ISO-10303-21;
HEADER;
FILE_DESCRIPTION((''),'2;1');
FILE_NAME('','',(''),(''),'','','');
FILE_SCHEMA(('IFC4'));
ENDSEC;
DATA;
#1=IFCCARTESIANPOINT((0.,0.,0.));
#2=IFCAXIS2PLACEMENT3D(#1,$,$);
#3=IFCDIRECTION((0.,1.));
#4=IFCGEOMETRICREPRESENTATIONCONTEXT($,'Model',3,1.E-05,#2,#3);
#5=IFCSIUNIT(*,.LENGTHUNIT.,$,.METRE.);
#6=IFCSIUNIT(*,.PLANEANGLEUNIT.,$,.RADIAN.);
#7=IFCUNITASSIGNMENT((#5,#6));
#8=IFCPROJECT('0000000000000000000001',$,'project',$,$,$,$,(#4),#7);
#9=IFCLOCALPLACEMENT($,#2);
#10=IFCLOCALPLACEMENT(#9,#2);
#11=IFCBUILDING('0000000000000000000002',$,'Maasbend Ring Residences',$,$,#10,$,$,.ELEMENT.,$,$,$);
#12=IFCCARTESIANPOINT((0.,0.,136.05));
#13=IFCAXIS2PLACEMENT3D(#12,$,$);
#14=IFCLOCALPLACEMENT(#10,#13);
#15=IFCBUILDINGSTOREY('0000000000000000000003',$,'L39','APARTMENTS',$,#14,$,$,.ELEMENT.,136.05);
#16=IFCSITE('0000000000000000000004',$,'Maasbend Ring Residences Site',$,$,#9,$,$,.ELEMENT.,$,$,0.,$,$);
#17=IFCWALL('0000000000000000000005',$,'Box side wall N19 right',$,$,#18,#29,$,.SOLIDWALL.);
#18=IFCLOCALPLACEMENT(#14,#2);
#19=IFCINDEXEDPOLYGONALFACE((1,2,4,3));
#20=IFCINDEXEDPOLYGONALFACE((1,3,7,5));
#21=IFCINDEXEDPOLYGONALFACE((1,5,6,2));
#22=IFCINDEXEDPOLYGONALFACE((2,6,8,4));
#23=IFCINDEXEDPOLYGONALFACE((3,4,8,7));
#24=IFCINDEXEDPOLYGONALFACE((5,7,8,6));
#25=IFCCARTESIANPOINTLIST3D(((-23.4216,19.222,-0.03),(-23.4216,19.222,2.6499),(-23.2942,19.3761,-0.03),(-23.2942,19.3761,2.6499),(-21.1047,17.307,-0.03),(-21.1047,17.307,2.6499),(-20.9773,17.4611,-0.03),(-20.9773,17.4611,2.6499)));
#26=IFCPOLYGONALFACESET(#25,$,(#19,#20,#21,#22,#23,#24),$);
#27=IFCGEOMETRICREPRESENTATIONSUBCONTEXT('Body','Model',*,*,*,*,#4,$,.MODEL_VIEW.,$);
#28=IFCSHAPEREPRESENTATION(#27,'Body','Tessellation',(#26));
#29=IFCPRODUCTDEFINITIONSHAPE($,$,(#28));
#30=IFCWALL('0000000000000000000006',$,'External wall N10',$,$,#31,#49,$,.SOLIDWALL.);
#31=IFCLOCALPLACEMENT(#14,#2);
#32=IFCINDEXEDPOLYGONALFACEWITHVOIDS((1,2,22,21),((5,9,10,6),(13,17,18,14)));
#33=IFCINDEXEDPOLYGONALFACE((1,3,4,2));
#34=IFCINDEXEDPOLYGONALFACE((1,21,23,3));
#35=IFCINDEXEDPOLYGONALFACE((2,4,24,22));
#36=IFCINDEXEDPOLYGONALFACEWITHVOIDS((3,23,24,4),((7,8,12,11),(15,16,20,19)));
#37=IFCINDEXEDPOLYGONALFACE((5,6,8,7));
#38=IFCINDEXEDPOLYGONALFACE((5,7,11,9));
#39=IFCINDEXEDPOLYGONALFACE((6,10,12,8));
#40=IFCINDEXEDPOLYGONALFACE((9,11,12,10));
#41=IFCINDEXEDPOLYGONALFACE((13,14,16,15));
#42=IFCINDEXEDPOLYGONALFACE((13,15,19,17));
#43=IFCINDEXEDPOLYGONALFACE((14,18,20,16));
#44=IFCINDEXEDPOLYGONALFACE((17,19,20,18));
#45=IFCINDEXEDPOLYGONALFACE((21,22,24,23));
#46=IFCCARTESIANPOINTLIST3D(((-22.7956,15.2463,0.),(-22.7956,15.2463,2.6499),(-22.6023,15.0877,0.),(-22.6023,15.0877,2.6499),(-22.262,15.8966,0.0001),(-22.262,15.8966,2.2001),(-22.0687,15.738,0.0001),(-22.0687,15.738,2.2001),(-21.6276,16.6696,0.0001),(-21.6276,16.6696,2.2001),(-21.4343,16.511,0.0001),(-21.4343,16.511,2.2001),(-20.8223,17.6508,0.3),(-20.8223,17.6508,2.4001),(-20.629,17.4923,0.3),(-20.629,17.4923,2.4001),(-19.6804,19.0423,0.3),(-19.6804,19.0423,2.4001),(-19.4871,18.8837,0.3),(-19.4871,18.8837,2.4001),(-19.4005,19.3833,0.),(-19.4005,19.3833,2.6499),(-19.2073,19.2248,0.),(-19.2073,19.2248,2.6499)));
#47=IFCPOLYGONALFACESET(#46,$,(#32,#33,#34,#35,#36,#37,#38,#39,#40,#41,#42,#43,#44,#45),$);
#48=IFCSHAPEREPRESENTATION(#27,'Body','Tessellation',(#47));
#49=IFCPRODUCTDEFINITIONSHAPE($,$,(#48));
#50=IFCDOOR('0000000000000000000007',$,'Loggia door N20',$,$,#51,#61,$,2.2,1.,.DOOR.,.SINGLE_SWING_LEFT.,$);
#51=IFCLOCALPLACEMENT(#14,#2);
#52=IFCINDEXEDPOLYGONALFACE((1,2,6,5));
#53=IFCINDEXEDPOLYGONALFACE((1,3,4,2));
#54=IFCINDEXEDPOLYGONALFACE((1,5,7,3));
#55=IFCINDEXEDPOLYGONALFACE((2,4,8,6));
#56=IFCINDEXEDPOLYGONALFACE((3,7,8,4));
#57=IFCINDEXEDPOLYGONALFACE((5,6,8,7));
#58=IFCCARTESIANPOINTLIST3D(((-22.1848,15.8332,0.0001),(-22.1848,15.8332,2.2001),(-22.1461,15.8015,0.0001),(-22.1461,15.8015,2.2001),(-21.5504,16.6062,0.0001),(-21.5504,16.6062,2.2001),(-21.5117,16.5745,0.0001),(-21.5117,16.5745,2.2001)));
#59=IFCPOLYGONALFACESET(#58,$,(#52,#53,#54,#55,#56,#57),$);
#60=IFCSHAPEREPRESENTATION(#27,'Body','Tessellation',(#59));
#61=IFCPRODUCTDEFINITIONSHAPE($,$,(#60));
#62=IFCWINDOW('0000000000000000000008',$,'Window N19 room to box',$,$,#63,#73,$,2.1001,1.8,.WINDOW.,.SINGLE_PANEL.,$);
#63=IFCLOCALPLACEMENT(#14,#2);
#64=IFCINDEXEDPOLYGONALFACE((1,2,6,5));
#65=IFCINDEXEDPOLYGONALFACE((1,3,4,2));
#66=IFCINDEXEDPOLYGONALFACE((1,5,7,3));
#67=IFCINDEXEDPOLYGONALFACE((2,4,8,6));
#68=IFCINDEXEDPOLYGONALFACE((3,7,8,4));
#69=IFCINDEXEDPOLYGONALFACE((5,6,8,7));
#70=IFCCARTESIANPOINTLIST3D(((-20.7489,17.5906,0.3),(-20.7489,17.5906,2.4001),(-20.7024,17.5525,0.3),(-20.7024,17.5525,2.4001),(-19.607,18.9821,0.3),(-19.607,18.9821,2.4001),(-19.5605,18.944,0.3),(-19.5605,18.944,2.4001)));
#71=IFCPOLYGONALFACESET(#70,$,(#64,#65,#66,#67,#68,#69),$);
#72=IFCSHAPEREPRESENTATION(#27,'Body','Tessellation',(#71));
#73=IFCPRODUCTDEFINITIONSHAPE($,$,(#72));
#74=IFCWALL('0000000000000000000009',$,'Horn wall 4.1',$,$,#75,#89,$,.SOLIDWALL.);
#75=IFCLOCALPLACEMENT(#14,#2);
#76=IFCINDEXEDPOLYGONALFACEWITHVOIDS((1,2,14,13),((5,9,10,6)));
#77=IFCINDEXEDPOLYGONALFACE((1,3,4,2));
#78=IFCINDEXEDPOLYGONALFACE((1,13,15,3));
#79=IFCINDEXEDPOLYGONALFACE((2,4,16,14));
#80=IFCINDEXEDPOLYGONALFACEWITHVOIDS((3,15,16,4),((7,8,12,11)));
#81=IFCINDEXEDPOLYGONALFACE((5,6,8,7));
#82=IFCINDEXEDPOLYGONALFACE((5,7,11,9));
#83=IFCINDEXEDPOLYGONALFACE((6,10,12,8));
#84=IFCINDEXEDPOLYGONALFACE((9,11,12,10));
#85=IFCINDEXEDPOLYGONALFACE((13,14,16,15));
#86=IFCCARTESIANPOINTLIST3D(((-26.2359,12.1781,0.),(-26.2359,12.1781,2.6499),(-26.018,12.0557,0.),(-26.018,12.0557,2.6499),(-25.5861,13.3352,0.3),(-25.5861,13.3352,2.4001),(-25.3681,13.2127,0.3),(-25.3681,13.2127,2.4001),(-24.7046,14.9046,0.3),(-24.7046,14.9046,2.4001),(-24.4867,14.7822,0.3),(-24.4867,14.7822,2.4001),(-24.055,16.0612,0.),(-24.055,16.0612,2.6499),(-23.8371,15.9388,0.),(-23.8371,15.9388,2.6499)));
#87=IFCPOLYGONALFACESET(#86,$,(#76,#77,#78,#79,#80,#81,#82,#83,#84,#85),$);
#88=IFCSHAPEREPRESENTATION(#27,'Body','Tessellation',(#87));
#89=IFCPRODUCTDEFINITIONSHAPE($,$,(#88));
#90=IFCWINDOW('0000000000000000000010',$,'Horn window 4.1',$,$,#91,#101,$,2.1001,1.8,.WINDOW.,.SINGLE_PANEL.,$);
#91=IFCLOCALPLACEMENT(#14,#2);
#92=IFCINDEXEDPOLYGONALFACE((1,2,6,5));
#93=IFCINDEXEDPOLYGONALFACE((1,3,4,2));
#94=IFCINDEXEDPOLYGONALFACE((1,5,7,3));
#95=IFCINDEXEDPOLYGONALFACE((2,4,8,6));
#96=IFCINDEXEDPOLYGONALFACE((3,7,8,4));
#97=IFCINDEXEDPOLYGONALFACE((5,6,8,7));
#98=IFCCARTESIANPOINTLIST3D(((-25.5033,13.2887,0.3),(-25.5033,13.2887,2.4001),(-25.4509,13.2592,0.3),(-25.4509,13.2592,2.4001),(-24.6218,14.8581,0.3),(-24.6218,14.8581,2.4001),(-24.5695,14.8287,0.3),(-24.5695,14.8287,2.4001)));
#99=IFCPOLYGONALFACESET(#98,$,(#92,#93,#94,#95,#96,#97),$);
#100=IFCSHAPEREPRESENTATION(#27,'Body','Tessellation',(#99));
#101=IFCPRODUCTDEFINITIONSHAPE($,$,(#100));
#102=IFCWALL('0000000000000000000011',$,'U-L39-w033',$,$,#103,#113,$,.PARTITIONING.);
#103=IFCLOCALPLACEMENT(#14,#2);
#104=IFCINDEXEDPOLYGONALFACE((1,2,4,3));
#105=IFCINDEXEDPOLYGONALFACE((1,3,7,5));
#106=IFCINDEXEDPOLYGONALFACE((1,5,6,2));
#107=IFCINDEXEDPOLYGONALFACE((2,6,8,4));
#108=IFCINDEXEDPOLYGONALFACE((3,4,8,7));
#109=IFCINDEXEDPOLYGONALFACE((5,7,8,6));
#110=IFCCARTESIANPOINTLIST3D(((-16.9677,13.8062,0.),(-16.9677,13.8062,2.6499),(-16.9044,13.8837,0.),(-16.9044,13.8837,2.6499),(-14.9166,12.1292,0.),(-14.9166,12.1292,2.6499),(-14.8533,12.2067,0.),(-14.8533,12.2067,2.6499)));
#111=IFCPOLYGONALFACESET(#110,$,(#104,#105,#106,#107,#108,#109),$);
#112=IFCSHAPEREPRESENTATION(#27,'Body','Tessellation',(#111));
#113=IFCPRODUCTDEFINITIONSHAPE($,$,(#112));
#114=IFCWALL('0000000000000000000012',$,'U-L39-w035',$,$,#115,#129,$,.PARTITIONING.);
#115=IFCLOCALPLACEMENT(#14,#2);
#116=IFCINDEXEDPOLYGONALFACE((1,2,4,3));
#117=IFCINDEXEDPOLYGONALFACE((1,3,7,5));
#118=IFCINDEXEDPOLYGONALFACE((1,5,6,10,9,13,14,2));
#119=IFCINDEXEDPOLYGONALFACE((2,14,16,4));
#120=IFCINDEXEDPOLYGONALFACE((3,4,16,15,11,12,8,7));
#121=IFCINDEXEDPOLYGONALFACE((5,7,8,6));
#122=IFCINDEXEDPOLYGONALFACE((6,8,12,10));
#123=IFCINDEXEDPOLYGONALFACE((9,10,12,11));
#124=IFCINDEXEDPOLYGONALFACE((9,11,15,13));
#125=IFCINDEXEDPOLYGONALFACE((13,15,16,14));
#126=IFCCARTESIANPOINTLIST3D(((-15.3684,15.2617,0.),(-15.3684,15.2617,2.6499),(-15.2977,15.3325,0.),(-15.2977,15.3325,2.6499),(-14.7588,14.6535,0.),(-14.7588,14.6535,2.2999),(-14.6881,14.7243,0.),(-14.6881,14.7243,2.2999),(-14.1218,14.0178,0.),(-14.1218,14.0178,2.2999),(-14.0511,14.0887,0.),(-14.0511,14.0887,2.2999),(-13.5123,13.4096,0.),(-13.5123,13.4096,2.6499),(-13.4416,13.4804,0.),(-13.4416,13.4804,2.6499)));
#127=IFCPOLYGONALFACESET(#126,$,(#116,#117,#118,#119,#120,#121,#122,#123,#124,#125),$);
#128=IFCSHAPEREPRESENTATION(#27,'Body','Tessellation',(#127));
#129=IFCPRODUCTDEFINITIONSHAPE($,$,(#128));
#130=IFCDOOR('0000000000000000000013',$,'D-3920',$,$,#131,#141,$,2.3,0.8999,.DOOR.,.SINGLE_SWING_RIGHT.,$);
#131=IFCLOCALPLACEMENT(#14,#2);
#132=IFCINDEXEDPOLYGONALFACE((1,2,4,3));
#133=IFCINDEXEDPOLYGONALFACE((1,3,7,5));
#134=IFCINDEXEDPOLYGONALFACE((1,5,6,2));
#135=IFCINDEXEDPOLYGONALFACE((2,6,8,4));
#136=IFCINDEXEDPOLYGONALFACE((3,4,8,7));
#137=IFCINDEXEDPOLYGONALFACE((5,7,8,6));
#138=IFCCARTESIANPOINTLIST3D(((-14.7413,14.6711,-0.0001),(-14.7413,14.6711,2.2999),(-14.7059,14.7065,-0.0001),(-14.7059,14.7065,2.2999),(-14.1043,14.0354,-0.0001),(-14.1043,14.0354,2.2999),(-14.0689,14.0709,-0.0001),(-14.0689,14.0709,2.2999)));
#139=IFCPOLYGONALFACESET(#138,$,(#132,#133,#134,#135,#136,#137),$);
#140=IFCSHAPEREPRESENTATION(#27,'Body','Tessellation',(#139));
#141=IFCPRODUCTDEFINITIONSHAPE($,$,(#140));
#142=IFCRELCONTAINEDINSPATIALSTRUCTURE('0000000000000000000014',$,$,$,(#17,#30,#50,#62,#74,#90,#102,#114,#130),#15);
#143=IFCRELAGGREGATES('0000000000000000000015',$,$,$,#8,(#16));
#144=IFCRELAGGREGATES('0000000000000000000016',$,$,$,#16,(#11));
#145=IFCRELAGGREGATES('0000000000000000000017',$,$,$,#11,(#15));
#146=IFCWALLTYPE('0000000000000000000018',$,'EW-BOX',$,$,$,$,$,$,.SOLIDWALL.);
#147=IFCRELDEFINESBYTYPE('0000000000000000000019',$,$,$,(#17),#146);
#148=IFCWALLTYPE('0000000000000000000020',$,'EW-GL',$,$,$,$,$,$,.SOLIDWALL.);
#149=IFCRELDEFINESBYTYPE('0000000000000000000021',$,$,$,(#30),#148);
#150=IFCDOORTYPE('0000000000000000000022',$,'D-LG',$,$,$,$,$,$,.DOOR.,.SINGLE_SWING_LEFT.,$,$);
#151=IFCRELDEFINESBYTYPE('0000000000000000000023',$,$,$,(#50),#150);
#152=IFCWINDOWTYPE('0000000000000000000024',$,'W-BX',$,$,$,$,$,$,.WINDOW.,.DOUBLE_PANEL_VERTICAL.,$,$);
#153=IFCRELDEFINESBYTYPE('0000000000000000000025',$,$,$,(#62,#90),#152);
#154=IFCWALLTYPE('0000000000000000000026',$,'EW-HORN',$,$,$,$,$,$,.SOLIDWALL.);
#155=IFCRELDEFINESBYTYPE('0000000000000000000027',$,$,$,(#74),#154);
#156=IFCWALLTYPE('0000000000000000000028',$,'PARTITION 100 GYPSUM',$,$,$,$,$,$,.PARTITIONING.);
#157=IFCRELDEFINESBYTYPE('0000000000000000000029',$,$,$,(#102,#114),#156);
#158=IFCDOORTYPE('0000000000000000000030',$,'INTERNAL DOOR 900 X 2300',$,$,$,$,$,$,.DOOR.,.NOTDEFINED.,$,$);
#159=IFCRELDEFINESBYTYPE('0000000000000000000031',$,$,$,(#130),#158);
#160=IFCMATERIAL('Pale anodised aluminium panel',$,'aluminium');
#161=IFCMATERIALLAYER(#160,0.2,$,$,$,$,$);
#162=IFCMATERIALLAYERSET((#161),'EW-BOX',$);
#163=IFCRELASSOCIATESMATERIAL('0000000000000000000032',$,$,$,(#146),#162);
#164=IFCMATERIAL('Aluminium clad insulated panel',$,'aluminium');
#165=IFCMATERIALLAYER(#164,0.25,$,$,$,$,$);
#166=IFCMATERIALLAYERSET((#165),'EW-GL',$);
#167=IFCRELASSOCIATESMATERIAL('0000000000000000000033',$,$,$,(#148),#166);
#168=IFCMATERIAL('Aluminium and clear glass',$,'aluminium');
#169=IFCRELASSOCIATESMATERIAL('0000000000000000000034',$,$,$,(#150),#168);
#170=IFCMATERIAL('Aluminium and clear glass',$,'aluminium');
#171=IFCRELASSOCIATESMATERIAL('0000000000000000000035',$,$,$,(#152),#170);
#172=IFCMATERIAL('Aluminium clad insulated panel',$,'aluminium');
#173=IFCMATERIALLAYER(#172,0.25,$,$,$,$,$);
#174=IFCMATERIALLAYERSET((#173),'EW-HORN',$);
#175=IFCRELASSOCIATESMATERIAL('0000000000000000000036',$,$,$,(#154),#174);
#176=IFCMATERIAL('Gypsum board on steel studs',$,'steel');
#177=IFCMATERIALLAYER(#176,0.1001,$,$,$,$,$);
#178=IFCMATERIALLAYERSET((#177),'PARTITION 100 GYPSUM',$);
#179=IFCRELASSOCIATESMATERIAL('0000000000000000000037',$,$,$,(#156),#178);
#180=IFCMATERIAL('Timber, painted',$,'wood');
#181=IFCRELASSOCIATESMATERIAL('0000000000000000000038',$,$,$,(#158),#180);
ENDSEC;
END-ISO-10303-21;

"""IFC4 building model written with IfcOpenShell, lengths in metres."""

from ifc_helpers import new_model, si_unit, direction, frame, frame_2d, origin, place, context, subcontext, project, spatial, rectangle, extrude, material, layer, layer_set, type_object, element, fill, save


model = new_model("IFC4")

# Units and contexts
model_context = context("Model", 3, precision=1e-05, world=origin(), true_north=direction((0.0, 1.0)))
body_context = subcontext(model_context, "Body", "Model", "MODEL_VIEW")
ifc_project = project(units=[si_unit("LENGTHUNIT", "METRE"), si_unit("PLANEANGLEUNIT", "RADIAN")], contexts=[model_context])

# Site, building, storey
site_placement = place(None, origin())
site = spatial("IfcSite", under=ifc_project, at=site_placement, Name="Maasbend Ring Residences Site", CompositionType="ELEMENT", RefElevation=0.0)
building_placement = place(site_placement, origin())
building = spatial("IfcBuilding", under=site, at=building_placement, Name="Maasbend Ring Residences", CompositionType="ELEMENT")
storey_placement = place(building_placement, frame((0.0, 0.0, 136.05)))
storey = spatial("IfcBuildingStorey", under=building, at=storey_placement, Name="L39", Description="APARTMENTS", CompositionType="ELEMENT", Elevation=136.05)

# Wall
ifc_material_1 = material(Name="Pale anodised aluminium panel", Category="aluminium")
ifc_layer_1 = layer(ifc_material_1, 0.2)
ifc_layer_set_1 = layer_set([ifc_layer_1], Name="EW-BOX")
wall_type_1 = type_object("IfcWallType", Name="EW-BOX", PredefinedType="SOLIDWALL", material=ifc_layer_set_1)
wall_1_placement = place(storey_placement, frame((-21.041, 17.384, -0.03), z_axis=(0.0, 0.0, 1.0), x_axis=(-0.770785, 0.637096, 0.0)))
element("IfcWall", 1, at=wall_1_placement, inside=storey, type_object=wall_type_1, Name="Box side wall N19 right", PredefinedType="SOLIDWALL", context=body_context, shape_type="SweptSolid", body=[
    extrude(rectangle(XDim=3.0059, YDim=0.2, at=frame_2d((1.5029, 0.0))), origin(), (0.0, 0.0, 1.0), 2.6799),
])

# Wall, openings, door, window
ifc_material_2 = material(Name="Aluminium clad insulated panel", Category="aluminium")
ifc_layer_2 = layer(ifc_material_2, 0.25)
ifc_layer_set_2 = layer_set([ifc_layer_2], Name="EW-GL")
wall_type_2 = type_object("IfcWallType", Name="EW-GL", PredefinedType="SOLIDWALL", material=ifc_layer_set_2)
wall_2_placement = place(storey_placement, frame((-19.304, 19.304, 0.0), z_axis=(0.0, 0.0, 1.0), x_axis=(-0.634382, -0.773019, 0.0)))
wall_2 = element("IfcWall", 2, at=wall_2_placement, inside=storey, type_object=wall_type_2, Name="External wall N10", PredefinedType="SOLIDWALL", context=body_context, shape_type="SweptSolid", body=[
    extrude(rectangle(XDim=5.3518, YDim=0.25, at=frame_2d((2.6758, 0.0))), origin(), (0.0, 0.0, 1.0), 2.6499),
])
opening_1_placement = place(wall_2_placement, frame((0.4412, 0.0, 0.3)))
opening_1 = element("IfcOpeningElement", 3, at=opening_1_placement, cuts=wall_2, PredefinedType="OPENING", context=body_context, shape_type="SweptSolid", body=[
    extrude(rectangle(XDim=1.8, YDim=2.1001, at=frame_2d((0.8999, 1.05))), frame((0.0, 0.135, 0.0), z_axis=(0.0, -1.0, 0.0), x_axis=(1.0, 0.0, 0.0)), (0.0, 0.0, 1.0), 0.27),
])
opening_2_placement = place(wall_2_placement, frame((3.5105, 0.0, 0.0)))
opening_2 = element("IfcOpeningElement", 4, at=opening_2_placement, cuts=wall_2, PredefinedType="OPENING", context=body_context, shape_type="SweptSolid", body=[
    extrude(rectangle(XDim=1.0, YDim=2.2, at=frame_2d((0.5, 1.1001))), frame((0.0, 0.135, 0.0), z_axis=(0.0, -1.0, 0.0), x_axis=(1.0, 0.0, 0.0)), (0.0, 0.0, 1.0), 0.27),
])
ifc_material_3 = material(Name="Aluminium and clear glass", Category="aluminium")
door_type_1 = type_object("IfcDoorType", Name="D-LG", OperationType="SINGLE_SWING_LEFT", PredefinedType="DOOR", material=ifc_material_3)
door_1_placement = place(opening_2_placement, origin())
door_1 = element("IfcDoor", 5, at=door_1_placement, inside=storey, type_object=door_type_1, Name="Loggia door N20", OperationType="SINGLE_SWING_LEFT", OverallHeight=2.2, OverallWidth=1.0, PredefinedType="DOOR", context=body_context, shape_type="SweptSolid", body=[
    extrude(rectangle(XDim=1.0, YDim=2.2, at=frame_2d((0.5, 1.1001))), frame((0.0, 0.0249, 0.0), z_axis=(0.0, -1.0, 0.0), x_axis=(1.0, 0.0, 0.0)), (0.0, 0.0, 1.0), 0.05),
])
fill(opening_2, door_1)
ifc_material_4 = material(Name="Aluminium and clear glass", Category="aluminium")
window_type = type_object("IfcWindowType", Name="W-BX", PartitioningType="DOUBLE_PANEL_VERTICAL", PredefinedType="WINDOW", material=ifc_material_4)
window_1_placement = place(opening_1_placement, origin())
window_1 = element("IfcWindow", 6, at=window_1_placement, inside=storey, type_object=window_type, Name="Window N19 room to box", OverallHeight=2.1001, OverallWidth=1.8, PartitioningType="SINGLE_PANEL", PredefinedType="WINDOW", context=body_context, shape_type="SweptSolid", body=[
    extrude(rectangle(XDim=1.8, YDim=2.1001, at=frame_2d((0.8999, 1.05))), frame((0.0, 0.03, 0.0), z_axis=(0.0, -1.0, 0.0), x_axis=(1.0, 0.0, 0.0)), (0.0, 0.0, 1.0), 0.0601),
])
fill(opening_1, window_1)

# Wall, opening, window
ifc_material_5 = material(Name="Aluminium clad insulated panel", Category="aluminium")
ifc_layer_3 = layer(ifc_material_5, 0.25)
ifc_layer_set_3 = layer_set([ifc_layer_3], Name="EW-HORN")
wall_type_3 = type_object("IfcWallType", Name="EW-HORN", PredefinedType="SOLIDWALL", material=ifc_layer_set_3)
wall_3_placement = place(storey_placement, frame((-23.946, 16.0, 0.0), z_axis=(0.0, 0.0, 1.0), x_axis=(-0.489696, -0.871893, 0.0)))
wall_3 = element("IfcWall", 7, at=wall_3_placement, inside=storey, type_object=wall_type_3, Name="Horn wall 4.1", PredefinedType="SOLIDWALL", context=body_context, shape_type="SweptSolid", body=[
    extrude(rectangle(XDim=4.4536, YDim=0.25, at=frame_2d((2.2268, 0.0))), origin(), (0.0, 0.0, 1.0), 2.6499),
])
opening_3_placement = place(wall_3_placement, frame((1.3267, 0.0, 0.3)))
opening_3 = element("IfcOpeningElement", 8, at=opening_3_placement, cuts=wall_3, PredefinedType="OPENING", context=body_context, shape_type="SweptSolid", body=[
    extrude(rectangle(XDim=1.8, YDim=2.1001, at=frame_2d((0.8999, 1.05))), frame((0.0, 0.135, 0.0), z_axis=(0.0, -1.0, 0.0), x_axis=(1.0, 0.0, 0.0)), (0.0, 0.0, 1.0), 0.27),
])
window_2_placement = place(opening_3_placement, origin())
window_2 = element("IfcWindow", 9, at=window_2_placement, inside=storey, type_object=window_type, Name="Horn window 4.1", OverallHeight=2.1001, OverallWidth=1.8, PartitioningType="SINGLE_PANEL", PredefinedType="WINDOW", context=body_context, shape_type="SweptSolid", body=[
    extrude(rectangle(XDim=1.8, YDim=2.1001, at=frame_2d((0.8999, 1.05))), frame((0.0, 0.03, 0.0), z_axis=(0.0, -1.0, 0.0), x_axis=(1.0, 0.0, 0.0)), (0.0, 0.0, 1.0), 0.0601),
])
fill(opening_3, window_2)

# Wall
ifc_material_6 = material(Name="Gypsum board on steel studs", Category="steel")
ifc_layer_4 = layer(ifc_material_6, 0.1001)
ifc_layer_set_4 = layer_set([ifc_layer_4], Name="PARTITION 100 GYPSUM")
wall_type_4 = type_object("IfcWallType", Name="PARTITION 100 GYPSUM", PredefinedType="PARTITIONING", material=ifc_layer_set_4)
wall_4_placement = place(storey_placement, frame((-16.936, 13.845, 0.0), z_axis=(0.0, 0.0, 1.0), x_axis=(0.774163, -0.632987, 0.0)))
element("IfcWall", 10, at=wall_4_placement, inside=storey, type_object=wall_type_4, Name="U-L39-w033", PredefinedType="PARTITIONING", context=body_context, shape_type="SweptSolid", body=[
    extrude(rectangle(XDim=2.6494, YDim=0.1001, at=frame_2d((1.3247, 0.0))), origin(), (0.0, 0.0, 1.0), 2.6499),
])

# Wall, opening, door
wall_5_placement = place(storey_placement, frame((-15.333, 15.2971, 0.0), z_axis=(0.0, 0.0, 1.0), x_axis=(0.707851, -0.706361, 0.0)))
wall_5 = element("IfcWall", 11, at=wall_5_placement, inside=storey, type_object=wall_type_4, Name="U-L39-w035", PredefinedType="PARTITIONING", context=body_context, shape_type="SweptSolid", body=[
    extrude(rectangle(XDim=2.6221, YDim=0.1001, at=frame_2d((1.311, 0.0))), origin(), (0.0, 0.0, 1.0), 2.6499),
])
opening_4_placement = place(wall_5_placement, frame((0.8611, 0.0, 0.0)))
opening_4 = element("IfcOpeningElement", 12, at=opening_4_placement, cuts=wall_5, PredefinedType="OPENING", context=body_context, shape_type="SweptSolid", body=[
    extrude(rectangle(XDim=0.8999, YDim=2.3, at=frame_2d((0.45, 1.1499))), frame((0.0, 0.0601, 0.0), z_axis=(0.0, -1.0, 0.0), x_axis=(1.0, 0.0, 0.0)), (0.0, 0.0, 1.0), 0.1201),
])
ifc_material_7 = material(Name="Timber, painted", Category="wood")
door_type_2 = type_object("IfcDoorType", Name="INTERNAL DOOR 900 X 2300", OperationType="NOTDEFINED", PredefinedType="DOOR", material=ifc_material_7)
door_2_placement = place(opening_4_placement, origin())
door_2 = element("IfcDoor", 13, at=door_2_placement, inside=storey, type_object=door_type_2, Name="D-3920", OperationType="SINGLE_SWING_RIGHT", OverallHeight=2.3, OverallWidth=0.8999, PredefinedType="DOOR", context=body_context, shape_type="SweptSolid", body=[
    extrude(rectangle(XDim=0.8999, YDim=2.3, at=frame_2d((0.45, 1.1499))), frame((0.0, 0.0249, 0.0), z_axis=(0.0, -1.0, 0.0), x_axis=(1.0, 0.0, 0.0)), (0.0, 0.0, 1.0), 0.05),
])
fill(opening_4, door_2)

save(model, "model.ifc")
